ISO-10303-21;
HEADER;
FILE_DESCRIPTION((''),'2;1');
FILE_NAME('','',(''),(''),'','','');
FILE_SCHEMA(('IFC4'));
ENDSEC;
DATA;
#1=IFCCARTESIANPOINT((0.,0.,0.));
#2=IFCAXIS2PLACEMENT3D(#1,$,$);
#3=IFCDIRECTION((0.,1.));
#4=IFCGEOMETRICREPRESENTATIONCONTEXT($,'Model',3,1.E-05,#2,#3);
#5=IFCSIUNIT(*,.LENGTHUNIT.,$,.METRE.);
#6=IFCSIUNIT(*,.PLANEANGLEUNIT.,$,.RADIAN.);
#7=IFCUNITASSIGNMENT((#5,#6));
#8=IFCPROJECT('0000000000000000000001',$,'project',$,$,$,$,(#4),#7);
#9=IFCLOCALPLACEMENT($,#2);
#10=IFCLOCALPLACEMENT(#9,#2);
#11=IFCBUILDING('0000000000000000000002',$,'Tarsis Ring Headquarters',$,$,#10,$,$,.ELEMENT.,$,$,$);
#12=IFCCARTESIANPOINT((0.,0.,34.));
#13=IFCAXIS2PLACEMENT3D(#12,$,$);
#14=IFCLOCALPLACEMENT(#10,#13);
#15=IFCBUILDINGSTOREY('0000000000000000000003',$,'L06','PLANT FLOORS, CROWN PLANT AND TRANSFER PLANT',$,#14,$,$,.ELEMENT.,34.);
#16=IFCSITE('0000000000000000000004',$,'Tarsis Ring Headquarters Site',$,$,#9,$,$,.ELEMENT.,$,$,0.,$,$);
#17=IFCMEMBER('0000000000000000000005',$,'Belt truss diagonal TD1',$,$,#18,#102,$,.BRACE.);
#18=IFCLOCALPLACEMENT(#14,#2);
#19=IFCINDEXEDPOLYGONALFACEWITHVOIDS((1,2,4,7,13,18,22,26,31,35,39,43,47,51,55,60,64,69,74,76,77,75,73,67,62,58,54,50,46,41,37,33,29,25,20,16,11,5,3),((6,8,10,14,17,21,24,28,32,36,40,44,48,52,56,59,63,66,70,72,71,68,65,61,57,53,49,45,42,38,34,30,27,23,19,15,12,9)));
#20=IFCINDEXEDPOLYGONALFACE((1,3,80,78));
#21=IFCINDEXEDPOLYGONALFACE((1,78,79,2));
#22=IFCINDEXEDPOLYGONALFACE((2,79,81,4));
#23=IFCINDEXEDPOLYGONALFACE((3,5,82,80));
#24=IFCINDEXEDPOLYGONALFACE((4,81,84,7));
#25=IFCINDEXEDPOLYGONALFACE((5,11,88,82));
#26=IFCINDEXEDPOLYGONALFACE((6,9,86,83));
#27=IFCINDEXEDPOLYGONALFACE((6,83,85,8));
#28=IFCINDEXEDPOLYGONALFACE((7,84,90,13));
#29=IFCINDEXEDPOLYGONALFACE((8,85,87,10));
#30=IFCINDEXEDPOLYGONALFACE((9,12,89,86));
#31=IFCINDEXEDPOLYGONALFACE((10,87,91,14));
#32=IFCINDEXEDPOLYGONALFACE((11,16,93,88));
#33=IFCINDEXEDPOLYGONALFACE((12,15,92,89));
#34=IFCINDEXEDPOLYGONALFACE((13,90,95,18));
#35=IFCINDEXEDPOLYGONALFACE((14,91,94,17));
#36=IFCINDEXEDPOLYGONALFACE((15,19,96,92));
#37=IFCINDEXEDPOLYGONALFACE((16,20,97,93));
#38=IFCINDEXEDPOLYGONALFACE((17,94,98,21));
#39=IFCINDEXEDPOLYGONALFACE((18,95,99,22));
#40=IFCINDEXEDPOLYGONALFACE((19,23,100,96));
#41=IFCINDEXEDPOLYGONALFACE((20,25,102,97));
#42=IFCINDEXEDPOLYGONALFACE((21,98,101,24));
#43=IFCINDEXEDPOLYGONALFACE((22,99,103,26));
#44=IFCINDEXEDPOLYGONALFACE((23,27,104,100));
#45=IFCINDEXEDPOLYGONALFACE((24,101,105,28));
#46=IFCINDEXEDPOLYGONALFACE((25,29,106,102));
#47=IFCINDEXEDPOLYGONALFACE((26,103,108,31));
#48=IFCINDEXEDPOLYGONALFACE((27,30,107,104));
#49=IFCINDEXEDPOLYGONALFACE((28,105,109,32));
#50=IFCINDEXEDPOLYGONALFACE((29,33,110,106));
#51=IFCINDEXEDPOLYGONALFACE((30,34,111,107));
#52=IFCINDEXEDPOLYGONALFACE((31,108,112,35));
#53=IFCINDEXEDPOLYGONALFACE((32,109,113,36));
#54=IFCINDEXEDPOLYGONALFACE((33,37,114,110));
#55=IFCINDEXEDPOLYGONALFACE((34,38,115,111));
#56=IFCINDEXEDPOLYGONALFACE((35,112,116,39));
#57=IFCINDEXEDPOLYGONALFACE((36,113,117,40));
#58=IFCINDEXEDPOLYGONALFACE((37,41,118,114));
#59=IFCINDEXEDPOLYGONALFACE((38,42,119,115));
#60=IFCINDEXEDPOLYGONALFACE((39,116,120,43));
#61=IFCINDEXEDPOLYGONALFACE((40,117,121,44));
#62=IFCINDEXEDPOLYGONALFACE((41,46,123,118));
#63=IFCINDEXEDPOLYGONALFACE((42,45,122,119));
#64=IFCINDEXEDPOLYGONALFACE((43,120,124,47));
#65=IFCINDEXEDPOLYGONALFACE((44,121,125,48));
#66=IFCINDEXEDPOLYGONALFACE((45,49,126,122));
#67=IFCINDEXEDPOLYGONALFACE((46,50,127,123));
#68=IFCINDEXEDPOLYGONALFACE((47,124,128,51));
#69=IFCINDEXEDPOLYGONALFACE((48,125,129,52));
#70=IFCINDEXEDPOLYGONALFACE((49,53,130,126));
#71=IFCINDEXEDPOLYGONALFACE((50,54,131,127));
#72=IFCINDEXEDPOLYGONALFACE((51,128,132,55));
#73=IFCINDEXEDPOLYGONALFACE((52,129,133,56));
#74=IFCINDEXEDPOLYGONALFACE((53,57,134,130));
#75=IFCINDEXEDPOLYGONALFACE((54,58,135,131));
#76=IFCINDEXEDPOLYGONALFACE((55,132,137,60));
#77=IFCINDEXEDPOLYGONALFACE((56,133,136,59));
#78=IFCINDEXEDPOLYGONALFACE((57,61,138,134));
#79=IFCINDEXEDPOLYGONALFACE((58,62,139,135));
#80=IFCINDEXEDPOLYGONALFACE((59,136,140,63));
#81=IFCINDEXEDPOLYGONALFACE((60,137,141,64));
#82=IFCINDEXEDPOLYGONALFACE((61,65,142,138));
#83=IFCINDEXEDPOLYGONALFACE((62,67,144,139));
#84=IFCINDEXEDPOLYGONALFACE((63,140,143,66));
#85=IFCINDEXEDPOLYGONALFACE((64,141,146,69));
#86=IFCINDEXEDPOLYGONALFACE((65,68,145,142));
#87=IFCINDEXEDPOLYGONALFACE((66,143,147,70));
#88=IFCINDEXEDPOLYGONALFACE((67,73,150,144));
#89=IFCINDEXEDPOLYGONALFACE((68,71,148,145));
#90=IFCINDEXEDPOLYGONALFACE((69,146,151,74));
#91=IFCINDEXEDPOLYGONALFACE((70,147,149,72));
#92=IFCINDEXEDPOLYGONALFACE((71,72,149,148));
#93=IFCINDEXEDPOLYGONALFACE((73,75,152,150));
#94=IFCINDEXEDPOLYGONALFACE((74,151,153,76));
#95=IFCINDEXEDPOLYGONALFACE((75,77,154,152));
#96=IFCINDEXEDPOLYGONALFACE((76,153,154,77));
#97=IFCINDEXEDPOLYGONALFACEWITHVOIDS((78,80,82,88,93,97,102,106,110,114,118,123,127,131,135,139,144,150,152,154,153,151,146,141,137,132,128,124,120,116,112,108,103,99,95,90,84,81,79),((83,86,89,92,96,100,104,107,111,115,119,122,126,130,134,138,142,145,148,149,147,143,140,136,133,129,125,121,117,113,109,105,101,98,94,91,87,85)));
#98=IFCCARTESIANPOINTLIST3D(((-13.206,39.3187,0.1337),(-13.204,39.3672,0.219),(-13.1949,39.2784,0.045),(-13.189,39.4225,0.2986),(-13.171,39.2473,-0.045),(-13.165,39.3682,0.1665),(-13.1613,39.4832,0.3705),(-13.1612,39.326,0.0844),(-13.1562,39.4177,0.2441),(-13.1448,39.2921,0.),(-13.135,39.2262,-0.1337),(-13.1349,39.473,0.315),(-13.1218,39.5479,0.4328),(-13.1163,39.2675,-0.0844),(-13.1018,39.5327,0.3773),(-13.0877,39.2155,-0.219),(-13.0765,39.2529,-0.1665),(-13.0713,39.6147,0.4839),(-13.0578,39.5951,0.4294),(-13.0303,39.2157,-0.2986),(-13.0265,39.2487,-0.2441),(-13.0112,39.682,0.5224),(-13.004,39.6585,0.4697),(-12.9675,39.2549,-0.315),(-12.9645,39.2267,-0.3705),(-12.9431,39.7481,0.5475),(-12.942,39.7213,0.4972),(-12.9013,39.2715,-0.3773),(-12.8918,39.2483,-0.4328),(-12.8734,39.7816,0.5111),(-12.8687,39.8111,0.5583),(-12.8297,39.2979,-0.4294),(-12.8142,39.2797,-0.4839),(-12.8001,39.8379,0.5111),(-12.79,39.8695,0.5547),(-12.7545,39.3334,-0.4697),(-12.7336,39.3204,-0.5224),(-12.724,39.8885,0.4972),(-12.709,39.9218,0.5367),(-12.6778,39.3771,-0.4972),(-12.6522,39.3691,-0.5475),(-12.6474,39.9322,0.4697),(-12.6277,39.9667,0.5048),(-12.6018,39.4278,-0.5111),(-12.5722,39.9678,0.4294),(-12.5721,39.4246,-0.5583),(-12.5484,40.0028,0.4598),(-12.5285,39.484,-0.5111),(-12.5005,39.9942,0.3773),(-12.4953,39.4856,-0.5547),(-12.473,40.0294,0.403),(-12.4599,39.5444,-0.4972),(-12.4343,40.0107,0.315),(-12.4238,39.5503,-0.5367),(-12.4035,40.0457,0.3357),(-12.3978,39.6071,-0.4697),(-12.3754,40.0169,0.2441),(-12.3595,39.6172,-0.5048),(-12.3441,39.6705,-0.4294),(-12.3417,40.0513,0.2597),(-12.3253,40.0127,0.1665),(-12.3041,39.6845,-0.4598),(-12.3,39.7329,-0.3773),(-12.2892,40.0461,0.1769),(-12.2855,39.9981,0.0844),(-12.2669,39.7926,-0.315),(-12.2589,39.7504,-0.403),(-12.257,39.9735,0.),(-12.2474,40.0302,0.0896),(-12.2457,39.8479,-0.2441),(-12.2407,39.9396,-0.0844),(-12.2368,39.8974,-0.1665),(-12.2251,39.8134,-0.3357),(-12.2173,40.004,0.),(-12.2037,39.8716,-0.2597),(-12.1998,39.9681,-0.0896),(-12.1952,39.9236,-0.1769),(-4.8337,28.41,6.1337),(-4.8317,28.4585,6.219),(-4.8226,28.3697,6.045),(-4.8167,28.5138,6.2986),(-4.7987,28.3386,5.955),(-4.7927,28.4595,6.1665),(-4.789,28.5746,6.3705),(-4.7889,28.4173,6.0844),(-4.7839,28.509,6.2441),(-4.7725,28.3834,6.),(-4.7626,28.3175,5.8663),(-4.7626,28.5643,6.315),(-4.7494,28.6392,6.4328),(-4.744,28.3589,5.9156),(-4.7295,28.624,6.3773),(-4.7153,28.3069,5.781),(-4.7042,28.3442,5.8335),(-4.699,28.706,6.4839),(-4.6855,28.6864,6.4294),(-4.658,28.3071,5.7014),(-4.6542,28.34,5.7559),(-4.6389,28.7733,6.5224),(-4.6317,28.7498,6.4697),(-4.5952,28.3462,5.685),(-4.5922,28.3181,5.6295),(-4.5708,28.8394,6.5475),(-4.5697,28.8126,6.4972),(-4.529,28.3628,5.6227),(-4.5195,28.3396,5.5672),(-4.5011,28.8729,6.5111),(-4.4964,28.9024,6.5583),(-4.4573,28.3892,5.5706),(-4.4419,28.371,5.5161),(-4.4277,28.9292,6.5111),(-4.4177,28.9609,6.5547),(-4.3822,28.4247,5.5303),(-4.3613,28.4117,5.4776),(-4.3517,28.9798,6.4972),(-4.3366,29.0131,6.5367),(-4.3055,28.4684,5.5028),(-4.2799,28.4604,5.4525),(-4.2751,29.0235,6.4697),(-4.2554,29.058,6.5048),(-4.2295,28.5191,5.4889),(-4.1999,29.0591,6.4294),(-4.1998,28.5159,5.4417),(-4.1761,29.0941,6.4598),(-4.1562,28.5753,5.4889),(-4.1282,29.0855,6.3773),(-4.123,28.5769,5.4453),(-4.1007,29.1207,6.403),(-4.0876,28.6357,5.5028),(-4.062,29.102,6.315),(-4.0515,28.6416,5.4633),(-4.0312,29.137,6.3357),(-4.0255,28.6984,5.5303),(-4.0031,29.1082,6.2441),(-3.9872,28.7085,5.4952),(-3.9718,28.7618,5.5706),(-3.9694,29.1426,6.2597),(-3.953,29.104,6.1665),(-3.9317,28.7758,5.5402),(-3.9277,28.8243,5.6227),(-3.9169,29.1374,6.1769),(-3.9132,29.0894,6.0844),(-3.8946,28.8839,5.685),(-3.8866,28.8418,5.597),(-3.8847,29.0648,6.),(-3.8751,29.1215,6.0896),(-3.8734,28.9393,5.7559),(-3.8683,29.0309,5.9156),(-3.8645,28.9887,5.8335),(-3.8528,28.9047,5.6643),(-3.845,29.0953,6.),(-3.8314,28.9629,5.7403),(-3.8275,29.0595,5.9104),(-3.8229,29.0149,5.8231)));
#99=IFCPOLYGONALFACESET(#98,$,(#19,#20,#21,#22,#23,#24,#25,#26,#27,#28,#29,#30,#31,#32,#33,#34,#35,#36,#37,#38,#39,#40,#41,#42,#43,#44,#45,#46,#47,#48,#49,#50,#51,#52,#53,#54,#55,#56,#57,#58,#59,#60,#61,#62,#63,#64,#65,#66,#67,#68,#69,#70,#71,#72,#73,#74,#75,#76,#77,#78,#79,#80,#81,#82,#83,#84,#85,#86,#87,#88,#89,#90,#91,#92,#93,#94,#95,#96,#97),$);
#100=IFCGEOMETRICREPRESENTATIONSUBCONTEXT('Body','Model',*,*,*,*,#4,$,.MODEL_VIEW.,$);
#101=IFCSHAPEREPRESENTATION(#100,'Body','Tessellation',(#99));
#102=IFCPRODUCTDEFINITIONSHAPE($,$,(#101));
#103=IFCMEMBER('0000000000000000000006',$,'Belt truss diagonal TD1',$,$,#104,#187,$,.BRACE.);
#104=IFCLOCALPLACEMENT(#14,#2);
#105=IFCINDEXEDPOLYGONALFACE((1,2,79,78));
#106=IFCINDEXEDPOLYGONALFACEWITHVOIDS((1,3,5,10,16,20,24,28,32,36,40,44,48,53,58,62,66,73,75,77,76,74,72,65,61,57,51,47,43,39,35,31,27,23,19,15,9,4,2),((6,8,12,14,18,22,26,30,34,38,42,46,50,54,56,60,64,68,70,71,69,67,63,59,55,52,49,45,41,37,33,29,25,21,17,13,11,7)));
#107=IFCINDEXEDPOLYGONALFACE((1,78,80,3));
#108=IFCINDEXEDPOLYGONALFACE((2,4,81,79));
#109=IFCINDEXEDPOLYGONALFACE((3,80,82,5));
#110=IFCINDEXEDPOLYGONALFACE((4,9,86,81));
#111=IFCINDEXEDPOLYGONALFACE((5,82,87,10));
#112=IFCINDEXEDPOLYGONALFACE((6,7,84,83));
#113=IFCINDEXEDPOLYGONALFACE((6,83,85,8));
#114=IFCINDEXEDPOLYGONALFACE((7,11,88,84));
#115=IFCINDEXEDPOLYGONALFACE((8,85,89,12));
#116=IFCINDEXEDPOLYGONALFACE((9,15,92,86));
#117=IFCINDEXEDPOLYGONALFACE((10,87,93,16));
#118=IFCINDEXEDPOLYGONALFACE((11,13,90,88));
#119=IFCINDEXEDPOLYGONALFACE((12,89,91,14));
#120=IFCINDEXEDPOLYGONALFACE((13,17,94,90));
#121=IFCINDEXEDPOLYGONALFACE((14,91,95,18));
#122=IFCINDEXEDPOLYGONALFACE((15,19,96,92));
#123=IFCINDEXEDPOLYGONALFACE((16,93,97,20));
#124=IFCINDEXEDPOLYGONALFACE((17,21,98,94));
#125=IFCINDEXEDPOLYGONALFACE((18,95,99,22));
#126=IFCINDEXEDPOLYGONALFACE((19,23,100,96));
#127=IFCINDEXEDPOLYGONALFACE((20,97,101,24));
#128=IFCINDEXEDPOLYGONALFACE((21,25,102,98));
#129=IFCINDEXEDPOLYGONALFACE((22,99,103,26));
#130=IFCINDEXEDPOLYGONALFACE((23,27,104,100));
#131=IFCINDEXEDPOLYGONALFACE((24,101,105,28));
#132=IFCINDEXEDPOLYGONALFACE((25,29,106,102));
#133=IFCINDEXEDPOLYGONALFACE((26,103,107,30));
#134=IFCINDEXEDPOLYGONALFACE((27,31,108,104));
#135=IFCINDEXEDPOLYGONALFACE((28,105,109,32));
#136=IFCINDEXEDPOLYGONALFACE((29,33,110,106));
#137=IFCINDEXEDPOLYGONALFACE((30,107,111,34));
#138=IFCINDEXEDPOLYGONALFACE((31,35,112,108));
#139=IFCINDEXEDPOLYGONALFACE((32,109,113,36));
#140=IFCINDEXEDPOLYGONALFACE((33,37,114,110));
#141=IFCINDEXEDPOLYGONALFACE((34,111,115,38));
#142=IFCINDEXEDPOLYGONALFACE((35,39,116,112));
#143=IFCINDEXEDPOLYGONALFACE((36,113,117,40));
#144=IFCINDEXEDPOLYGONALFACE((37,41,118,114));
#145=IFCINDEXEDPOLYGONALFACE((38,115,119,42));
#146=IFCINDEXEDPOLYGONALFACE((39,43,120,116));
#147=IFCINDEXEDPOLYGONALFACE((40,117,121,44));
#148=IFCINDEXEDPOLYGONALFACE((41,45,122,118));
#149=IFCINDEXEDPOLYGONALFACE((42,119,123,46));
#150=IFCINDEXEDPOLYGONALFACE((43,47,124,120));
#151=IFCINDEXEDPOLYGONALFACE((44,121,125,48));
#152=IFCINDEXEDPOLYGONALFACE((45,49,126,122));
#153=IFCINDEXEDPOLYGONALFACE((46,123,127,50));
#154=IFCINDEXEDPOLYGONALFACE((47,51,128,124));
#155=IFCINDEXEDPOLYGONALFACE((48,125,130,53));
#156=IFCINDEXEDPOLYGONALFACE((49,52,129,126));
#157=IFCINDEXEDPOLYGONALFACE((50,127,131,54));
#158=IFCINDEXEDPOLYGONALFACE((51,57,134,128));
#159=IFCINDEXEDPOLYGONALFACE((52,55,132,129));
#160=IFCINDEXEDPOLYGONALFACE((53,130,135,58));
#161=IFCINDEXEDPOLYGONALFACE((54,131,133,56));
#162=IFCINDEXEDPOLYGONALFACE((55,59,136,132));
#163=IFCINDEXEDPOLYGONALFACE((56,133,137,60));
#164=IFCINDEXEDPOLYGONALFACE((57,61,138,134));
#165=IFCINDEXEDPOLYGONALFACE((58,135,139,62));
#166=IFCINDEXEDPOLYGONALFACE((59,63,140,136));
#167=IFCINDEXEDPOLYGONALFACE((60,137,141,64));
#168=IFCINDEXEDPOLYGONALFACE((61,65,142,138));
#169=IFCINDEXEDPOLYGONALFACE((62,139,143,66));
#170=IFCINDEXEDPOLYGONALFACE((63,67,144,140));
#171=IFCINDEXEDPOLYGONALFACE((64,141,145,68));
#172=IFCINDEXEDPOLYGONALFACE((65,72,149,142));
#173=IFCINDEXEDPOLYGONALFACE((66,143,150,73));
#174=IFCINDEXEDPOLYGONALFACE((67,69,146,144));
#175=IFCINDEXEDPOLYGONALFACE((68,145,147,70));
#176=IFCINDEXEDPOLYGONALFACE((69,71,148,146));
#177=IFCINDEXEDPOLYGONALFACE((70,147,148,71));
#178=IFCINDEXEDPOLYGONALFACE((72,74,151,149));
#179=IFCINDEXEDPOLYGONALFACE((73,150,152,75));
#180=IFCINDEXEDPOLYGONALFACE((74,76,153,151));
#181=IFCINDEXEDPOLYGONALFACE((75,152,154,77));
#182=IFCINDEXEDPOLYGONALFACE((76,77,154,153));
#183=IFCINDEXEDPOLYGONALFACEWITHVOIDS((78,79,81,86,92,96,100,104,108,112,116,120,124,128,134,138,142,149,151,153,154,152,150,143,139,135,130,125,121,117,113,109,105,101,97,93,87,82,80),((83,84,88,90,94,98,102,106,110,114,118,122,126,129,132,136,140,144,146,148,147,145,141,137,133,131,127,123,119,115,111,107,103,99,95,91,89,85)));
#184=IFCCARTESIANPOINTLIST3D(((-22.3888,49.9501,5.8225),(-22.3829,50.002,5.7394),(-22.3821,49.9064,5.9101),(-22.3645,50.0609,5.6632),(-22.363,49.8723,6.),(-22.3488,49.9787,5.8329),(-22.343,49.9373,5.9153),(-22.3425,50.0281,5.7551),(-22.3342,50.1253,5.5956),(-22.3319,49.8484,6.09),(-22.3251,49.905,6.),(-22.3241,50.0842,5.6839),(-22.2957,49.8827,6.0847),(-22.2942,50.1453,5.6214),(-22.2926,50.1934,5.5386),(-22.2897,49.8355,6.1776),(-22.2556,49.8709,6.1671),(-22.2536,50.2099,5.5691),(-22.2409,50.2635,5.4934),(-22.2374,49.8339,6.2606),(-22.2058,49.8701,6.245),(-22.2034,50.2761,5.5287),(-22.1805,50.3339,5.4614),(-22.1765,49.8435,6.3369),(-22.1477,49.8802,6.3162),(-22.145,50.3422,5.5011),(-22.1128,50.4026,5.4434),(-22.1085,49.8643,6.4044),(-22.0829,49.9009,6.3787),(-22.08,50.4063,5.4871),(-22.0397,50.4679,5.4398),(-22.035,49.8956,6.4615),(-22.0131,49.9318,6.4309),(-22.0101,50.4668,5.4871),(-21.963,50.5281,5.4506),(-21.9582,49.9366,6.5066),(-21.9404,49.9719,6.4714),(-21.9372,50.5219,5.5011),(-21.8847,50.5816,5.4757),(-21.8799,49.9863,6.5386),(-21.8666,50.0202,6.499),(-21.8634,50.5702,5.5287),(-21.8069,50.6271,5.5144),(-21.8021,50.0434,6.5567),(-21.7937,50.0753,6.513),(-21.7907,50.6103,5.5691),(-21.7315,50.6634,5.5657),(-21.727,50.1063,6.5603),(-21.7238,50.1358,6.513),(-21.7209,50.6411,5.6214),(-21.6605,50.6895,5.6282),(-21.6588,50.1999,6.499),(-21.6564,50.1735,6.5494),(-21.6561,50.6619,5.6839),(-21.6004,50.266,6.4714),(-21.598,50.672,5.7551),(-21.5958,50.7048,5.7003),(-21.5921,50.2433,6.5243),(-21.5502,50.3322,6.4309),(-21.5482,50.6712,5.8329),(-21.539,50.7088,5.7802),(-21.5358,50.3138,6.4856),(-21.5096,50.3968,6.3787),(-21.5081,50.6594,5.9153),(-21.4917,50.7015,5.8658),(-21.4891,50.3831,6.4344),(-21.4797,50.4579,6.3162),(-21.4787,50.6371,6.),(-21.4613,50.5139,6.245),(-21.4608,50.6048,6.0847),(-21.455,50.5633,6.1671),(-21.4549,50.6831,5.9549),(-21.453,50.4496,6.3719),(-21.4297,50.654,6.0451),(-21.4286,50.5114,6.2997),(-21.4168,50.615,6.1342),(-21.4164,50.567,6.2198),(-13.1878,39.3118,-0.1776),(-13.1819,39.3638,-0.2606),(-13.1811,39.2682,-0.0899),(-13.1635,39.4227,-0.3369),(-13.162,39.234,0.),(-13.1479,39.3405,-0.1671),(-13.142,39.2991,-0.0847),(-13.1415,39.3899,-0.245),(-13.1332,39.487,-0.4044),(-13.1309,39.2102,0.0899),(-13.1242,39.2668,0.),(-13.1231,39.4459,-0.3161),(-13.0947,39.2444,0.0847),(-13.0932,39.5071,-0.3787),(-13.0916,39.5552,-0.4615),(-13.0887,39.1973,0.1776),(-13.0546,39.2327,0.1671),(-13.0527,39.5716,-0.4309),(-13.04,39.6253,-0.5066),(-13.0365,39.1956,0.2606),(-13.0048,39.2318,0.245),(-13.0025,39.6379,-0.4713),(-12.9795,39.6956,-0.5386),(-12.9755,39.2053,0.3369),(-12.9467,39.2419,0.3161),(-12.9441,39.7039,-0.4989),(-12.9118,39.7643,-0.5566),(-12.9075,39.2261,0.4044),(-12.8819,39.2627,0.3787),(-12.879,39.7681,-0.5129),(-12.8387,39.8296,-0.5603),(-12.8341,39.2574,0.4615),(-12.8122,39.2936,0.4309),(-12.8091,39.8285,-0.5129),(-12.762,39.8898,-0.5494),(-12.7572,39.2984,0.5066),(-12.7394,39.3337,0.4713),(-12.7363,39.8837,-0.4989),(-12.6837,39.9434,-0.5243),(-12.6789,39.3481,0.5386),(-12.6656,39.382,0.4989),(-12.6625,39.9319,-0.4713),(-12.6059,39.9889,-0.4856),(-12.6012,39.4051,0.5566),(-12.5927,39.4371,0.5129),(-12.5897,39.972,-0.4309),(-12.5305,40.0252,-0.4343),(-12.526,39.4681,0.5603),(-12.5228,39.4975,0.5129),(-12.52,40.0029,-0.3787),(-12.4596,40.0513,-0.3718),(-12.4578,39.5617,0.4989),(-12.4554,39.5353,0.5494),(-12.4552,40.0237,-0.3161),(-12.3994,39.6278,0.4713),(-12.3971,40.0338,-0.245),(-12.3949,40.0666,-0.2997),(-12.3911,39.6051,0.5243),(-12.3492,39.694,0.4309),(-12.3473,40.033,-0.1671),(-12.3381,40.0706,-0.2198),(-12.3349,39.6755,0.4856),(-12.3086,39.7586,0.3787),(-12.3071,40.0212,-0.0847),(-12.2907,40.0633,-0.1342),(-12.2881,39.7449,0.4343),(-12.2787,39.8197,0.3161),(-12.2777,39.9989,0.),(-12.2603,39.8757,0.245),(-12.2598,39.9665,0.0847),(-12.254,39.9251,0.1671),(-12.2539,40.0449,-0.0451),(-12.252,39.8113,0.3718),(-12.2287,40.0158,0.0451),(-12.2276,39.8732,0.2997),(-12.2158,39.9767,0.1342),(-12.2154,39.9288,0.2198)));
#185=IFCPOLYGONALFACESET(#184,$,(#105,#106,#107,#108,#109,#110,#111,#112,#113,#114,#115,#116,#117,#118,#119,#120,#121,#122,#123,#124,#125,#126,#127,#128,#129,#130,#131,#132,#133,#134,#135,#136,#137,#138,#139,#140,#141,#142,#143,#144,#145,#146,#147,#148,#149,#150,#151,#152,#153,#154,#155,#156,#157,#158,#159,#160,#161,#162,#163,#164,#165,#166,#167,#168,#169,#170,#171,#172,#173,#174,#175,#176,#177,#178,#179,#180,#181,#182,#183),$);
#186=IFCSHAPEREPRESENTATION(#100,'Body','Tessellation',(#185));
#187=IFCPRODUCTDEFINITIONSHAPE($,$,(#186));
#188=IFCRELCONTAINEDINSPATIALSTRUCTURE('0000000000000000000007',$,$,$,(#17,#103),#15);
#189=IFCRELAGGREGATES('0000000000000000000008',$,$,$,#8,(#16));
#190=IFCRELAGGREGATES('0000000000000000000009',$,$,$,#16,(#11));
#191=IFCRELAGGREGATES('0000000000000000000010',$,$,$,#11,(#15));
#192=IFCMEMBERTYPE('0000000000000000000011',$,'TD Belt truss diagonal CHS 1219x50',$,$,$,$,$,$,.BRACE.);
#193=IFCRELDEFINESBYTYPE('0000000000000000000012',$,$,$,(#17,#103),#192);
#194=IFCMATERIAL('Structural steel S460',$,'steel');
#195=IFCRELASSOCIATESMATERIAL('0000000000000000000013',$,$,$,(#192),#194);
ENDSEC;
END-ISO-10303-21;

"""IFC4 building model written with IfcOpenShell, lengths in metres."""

from ifc_helpers import new_model, si_unit, direction, frame, origin, origin_2d, place, context, subcontext, project, spatial, hollow_circle, extrude, material, material_profile, profile_set, type_object, element, save


model = new_model("IFC4")

# Units and contexts
model_context = context("Model", 3, precision=1e-05, world=origin(), true_north=direction((0.0, 1.0)))
body_context = subcontext(model_context, "Body", "Model", "MODEL_VIEW")
ifc_project = project(units=[si_unit("LENGTHUNIT", "METRE"), si_unit("PLANEANGLEUNIT", "RADIAN")], contexts=[model_context])

# Site, building, storey
site_placement = place(None, origin())
site = spatial("IfcSite", under=ifc_project, at=site_placement, Name="Tarsis Ring Headquarters Site", CompositionType="ELEMENT", RefElevation=0.0)
building_placement = place(site_placement, origin())
building = spatial("IfcBuilding", under=site, at=building_placement, Name="Tarsis Ring Headquarters", CompositionType="ELEMENT")
storey_placement = place(building_placement, frame((0.0, 0.0, 34.0)))
storey = spatial("IfcBuildingStorey", under=building, at=storey_placement, Name="L06", Description="PLANT FLOORS, CROWN PLANT AND TRANSFER PLANT", CompositionType="ELEMENT", Elevation=34.0)

# Shared definitions
ifc_material_1 = material(Name="Structural steel S460", Category="steel")
ifc_material_profile_1 = material_profile(ifc_material_1, hollow_circle(Radius=0.6096, WallThickness=0.05, at=origin_2d()), Name="CHS 1219x50")
ifc_profile_set_1 = profile_set([ifc_material_profile_1], Name="Structural steel S460")

# Members
member_type_1 = type_object("IfcMemberType", Name="TD Belt truss diagonal CHS 1219x50", PredefinedType="BRACE", material=ifc_profile_set_1)
member_1_placement = place(storey_placement, frame((-12.7009, 39.6328, 0.0), z_axis=(0.558036, -0.727092, 0.399915), x_axis=(0.793291, 0.608843, 0.0)))
element("IfcMember", 1, at=member_1_placement, inside=storey, type_object=member_type_1, Name="Belt truss diagonal TD1", PredefinedType="BRACE", context=body_context, shape_type="SweptSolid", body=[
    extrude(hollow_circle(Radius=0.6096, WallThickness=0.05, at=origin_2d()), origin(), (0.0, 0.0, 1.0), 15.0032),
])
member_2_placement = place(storey_placement, frame((-12.7009, 39.6328, 0.0), z_axis=(-0.601705, 0.695696, 0.392376), x_axis=(-0.756351, -0.654166, 0.0)))
element("IfcMember", 2, at=member_2_placement, inside=storey, type_object=member_type_1, Name="Belt truss diagonal TD1", PredefinedType="BRACE", context=body_context, shape_type="SweptSolid", body=[
    extrude(hollow_circle(Radius=0.6096, WallThickness=0.05, at=origin_2d()), origin(), (0.0, 0.0, 1.0), 15.2915),
])

save(model, "model.ifc")
